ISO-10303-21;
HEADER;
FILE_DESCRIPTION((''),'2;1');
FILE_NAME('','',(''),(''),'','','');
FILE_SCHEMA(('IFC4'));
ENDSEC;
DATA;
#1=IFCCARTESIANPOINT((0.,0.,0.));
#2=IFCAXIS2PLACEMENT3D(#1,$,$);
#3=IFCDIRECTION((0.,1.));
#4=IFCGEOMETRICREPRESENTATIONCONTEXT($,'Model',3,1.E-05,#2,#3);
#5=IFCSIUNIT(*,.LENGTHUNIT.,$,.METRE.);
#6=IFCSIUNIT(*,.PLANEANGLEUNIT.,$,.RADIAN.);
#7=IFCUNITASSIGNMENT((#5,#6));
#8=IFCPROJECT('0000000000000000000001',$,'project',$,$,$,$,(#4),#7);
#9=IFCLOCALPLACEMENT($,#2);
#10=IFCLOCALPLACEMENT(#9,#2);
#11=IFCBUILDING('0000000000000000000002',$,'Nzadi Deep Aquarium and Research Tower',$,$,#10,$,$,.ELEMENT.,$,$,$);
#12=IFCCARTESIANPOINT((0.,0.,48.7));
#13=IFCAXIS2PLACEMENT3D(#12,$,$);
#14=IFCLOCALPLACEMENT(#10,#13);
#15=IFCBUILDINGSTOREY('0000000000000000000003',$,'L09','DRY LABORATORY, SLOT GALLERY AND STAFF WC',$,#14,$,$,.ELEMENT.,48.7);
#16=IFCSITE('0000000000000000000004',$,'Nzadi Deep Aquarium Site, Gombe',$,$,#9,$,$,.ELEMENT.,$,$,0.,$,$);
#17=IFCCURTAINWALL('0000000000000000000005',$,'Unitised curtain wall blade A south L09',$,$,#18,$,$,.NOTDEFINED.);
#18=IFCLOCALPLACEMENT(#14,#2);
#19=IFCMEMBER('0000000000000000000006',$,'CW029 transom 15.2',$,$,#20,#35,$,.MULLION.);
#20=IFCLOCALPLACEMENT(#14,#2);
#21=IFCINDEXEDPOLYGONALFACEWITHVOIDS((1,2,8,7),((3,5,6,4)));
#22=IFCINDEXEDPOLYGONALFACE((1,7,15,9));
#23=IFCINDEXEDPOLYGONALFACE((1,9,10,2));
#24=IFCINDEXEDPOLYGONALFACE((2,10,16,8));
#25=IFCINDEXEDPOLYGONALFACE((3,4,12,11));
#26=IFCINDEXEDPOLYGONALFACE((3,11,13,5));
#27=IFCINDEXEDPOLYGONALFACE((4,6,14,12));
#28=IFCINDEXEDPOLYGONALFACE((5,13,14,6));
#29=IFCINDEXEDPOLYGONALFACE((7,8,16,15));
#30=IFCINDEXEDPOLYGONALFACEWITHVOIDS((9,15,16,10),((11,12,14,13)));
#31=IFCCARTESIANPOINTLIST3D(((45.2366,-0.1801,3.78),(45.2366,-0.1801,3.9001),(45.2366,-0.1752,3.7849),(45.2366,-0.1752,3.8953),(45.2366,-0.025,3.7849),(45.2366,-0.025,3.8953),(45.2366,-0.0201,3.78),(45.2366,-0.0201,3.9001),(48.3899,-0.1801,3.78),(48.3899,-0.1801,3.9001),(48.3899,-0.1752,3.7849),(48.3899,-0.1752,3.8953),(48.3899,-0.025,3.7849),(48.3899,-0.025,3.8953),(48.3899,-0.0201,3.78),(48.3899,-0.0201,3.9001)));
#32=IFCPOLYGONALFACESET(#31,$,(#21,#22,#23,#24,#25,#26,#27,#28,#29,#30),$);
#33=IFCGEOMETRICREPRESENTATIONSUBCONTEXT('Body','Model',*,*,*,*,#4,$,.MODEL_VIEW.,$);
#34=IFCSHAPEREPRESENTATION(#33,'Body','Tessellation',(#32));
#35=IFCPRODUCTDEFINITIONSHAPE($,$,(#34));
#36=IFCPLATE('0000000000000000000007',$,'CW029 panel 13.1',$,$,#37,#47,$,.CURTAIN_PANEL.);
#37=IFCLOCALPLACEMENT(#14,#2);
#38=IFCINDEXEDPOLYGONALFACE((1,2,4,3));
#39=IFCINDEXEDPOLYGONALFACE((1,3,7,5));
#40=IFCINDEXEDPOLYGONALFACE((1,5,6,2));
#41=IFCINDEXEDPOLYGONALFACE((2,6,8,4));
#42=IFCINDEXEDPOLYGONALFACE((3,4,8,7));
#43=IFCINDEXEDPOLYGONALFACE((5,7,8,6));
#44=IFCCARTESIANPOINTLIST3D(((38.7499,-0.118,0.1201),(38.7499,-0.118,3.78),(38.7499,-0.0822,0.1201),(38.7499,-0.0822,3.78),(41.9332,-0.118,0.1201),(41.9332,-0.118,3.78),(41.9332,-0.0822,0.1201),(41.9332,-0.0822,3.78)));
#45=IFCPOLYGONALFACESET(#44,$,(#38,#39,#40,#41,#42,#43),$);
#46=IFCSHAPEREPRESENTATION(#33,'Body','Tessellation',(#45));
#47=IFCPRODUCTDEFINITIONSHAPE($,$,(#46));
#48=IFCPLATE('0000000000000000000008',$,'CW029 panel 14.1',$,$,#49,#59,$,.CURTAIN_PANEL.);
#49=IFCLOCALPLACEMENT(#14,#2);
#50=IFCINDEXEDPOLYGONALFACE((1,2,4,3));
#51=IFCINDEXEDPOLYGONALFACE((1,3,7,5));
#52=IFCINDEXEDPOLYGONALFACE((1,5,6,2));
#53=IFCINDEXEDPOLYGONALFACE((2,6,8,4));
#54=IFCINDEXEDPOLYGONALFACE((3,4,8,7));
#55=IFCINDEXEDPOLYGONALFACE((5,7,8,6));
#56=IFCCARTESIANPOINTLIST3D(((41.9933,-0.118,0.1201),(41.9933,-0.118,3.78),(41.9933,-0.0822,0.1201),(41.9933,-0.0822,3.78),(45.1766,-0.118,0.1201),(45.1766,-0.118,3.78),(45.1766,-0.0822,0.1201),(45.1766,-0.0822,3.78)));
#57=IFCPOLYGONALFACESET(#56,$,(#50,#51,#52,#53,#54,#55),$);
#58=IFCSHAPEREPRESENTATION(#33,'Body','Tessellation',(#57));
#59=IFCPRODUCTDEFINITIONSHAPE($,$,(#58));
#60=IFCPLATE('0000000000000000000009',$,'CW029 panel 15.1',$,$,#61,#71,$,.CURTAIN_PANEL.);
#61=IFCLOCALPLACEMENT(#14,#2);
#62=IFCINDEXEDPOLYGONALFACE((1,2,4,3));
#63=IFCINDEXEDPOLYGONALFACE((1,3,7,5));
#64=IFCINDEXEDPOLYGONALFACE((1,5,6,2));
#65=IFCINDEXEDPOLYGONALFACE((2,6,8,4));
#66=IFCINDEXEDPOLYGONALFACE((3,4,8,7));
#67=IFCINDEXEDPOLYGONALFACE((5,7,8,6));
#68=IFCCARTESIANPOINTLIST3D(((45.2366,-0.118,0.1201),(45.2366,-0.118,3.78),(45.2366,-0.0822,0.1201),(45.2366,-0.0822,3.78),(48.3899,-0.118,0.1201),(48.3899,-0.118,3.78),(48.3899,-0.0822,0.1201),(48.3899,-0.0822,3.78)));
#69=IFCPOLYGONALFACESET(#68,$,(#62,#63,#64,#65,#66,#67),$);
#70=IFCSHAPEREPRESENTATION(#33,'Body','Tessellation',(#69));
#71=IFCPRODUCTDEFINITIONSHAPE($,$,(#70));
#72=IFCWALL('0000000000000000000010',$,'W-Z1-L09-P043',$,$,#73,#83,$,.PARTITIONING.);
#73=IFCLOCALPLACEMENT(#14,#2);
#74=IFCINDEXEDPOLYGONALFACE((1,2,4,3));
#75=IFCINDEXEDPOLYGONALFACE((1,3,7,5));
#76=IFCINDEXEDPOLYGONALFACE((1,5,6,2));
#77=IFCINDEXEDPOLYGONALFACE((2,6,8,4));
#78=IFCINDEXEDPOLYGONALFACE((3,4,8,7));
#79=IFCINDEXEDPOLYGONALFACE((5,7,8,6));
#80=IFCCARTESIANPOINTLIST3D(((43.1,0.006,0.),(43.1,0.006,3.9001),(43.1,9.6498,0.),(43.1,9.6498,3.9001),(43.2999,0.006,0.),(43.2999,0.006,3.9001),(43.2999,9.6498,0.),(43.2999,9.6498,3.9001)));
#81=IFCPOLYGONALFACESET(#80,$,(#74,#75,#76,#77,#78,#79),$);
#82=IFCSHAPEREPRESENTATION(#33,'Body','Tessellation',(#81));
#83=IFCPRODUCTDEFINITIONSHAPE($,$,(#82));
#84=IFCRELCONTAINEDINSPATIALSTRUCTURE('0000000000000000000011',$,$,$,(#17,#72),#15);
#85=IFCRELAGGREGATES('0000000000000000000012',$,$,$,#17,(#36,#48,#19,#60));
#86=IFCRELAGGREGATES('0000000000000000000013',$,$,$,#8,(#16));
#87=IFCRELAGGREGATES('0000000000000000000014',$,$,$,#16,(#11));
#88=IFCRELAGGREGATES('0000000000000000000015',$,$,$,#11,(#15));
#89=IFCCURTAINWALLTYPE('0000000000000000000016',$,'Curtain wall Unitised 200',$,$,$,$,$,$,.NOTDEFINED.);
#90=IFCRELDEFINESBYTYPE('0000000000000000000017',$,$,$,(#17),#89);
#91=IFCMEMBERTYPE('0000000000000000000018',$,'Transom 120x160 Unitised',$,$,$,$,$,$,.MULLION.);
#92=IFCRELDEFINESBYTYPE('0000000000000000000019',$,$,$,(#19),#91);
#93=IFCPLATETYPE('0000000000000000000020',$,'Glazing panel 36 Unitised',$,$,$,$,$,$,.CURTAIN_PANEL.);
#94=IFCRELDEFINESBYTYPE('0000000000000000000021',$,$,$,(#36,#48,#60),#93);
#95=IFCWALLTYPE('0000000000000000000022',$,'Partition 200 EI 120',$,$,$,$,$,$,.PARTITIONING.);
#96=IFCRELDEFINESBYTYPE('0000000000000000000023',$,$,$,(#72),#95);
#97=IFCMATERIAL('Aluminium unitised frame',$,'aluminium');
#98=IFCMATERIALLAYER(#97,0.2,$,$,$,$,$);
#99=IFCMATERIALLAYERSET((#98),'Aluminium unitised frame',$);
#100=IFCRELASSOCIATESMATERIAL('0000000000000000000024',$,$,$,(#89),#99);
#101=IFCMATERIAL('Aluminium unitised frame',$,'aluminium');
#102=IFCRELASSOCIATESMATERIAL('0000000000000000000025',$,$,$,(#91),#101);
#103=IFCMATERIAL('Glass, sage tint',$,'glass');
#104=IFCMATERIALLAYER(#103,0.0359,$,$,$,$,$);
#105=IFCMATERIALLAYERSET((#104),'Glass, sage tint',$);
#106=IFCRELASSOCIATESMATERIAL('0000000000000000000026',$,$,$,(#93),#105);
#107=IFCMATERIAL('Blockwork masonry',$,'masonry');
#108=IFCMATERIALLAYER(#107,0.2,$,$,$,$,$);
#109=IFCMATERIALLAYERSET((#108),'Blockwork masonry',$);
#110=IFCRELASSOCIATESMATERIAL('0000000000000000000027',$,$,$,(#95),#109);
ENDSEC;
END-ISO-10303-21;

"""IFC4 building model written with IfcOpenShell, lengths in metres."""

from ifc_helpers import new_model, si_unit, direction, frame, frame_2d, origin, origin_2d, place, context, subcontext, project, spatial, rectangle, hollow_rectangle, extrude, material, layer, layer_set, material_profile, profile_set, type_object, element, aggregate, save


model = new_model("IFC4")

# Units and contexts
model_context = context("Model", 3, precision=1e-05, world=origin(), true_north=direction((0.0, 1.0)))
body_context = subcontext(model_context, "Body", "Model", "MODEL_VIEW")
ifc_project = project(units=[si_unit("LENGTHUNIT", "METRE"), si_unit("PLANEANGLEUNIT", "RADIAN")], contexts=[model_context])

# Site, building, storey
site_placement = place(None, origin())
site = spatial("IfcSite", under=ifc_project, at=site_placement, Name="Nzadi Deep Aquarium Site, Gombe", CompositionType="ELEMENT", RefElevation=0.0)
building_placement = place(site_placement, origin())
building = spatial("IfcBuilding", under=site, at=building_placement, Name="Nzadi Deep Aquarium and Research Tower", CompositionType="ELEMENT")
storey_placement = place(building_placement, frame((0.0, 0.0, 48.7)))
storey = spatial("IfcBuildingStorey", under=building, at=storey_placement, Name="L09", Description="DRY LABORATORY, SLOT GALLERY AND STAFF WC", CompositionType="ELEMENT", Elevation=48.7)

# Curtain wall
ifc_material_1 = material(Name="Aluminium unitised frame", Category="aluminium")
ifc_layer_1 = layer(ifc_material_1, 0.2)
ifc_layer_set_1 = layer_set([ifc_layer_1], Name="Aluminium unitised frame")
curtain_wall_type = type_object("IfcCurtainWallType", Name="Curtain wall Unitised 200", PredefinedType="NOTDEFINED", material=ifc_layer_set_1)
curtain_wall_placement = place(storey_placement, origin())
curtain_wall = element("IfcCurtainWall", 1, at=curtain_wall_placement, inside=storey, type_object=curtain_wall_type, Name="Unitised curtain wall blade A south L09", PredefinedType="NOTDEFINED")

# Member
ifc_material_2 = material(Name="Aluminium unitised frame", Category="aluminium")
ifc_material_profile_1 = material_profile(ifc_material_2, hollow_rectangle(XDim=0.1599, YDim=0.1201, WallThickness=0.0049, at=origin_2d()))
ifc_profile_set_1 = profile_set([ifc_material_profile_1], Name="Aluminium unitised frame")
member_type_1 = type_object("IfcMemberType", Name="Transom 120x160 Unitised", PredefinedType="MULLION", material=ifc_profile_set_1)
member_1_placement = place(storey_placement, frame((45.2366, -0.1001, 3.8401), z_axis=(1.0, 0.0, 0.0), x_axis=(0.0, 1.0, 0.0)))
member_1 = element("IfcMember", 2, at=member_1_placement, type_object=member_type_1, Name="CW029 transom 15.2", PredefinedType="MULLION", context=body_context, shape_type="SweptSolid", body=[
    extrude(hollow_rectangle(XDim=0.1599, YDim=0.1201, WallThickness=0.0049, at=origin_2d()), origin(), (0.0, 0.0, 1.0), 3.1533),
])

# Plates
ifc_material_3 = material(Name="Glass, sage tint", Category="glass")
ifc_layer_2 = layer(ifc_material_3, 0.0359)
ifc_layer_set_2 = layer_set([ifc_layer_2], Name="Glass, sage tint")
plate_type = type_object("IfcPlateType", Name="Glazing panel 36 Unitised", PredefinedType="CURTAIN_PANEL", material=ifc_layer_set_2)
plate_1_placement = place(storey_placement, frame((40.3416, -0.1001, 0.1201), z_axis=(0.0, 0.0, 1.0), x_axis=(1.0, 0.0, 0.0)))
plate_1 = element("IfcPlate", 3, at=plate_1_placement, type_object=plate_type, Name="CW029 panel 13.1", PredefinedType="CURTAIN_PANEL", context=body_context, shape_type="SweptSolid", body=[
    extrude(rectangle(XDim=3.1833, YDim=0.0359, at=origin_2d()), origin(), (0.0, 0.0, 1.0), 3.6599),
])
plate_2_placement = place(storey_placement, frame((43.585, -0.1001, 0.1201), z_axis=(0.0, 0.0, 1.0), x_axis=(1.0, 0.0, 0.0)))
plate_2 = element("IfcPlate", 4, at=plate_2_placement, type_object=plate_type, Name="CW029 panel 14.1", PredefinedType="CURTAIN_PANEL", context=body_context, shape_type="SweptSolid", body=[
    extrude(rectangle(XDim=3.1833, YDim=0.0359, at=origin_2d()), origin(), (0.0, 0.0, 1.0), 3.6599),
])
plate_3_placement = place(storey_placement, frame((46.8132, -0.1001, 0.1201), z_axis=(0.0, 0.0, 1.0), x_axis=(1.0, 0.0, 0.0)))
plate_3 = element("IfcPlate", 5, at=plate_3_placement, type_object=plate_type, Name="CW029 panel 15.1", PredefinedType="CURTAIN_PANEL", context=body_context, shape_type="SweptSolid", body=[
    extrude(rectangle(XDim=3.1533, YDim=0.0359, at=origin_2d()), origin(), (0.0, 0.0, 1.0), 3.6599),
])
aggregate(curtain_wall, [plate_1, plate_2, member_1, plate_3])

# Wall
ifc_material_4 = material(Name="Blockwork masonry", Category="masonry")
ifc_layer_3 = layer(ifc_material_4, 0.2)
ifc_layer_set_3 = layer_set([ifc_layer_3], Name="Blockwork masonry")
wall_type = type_object("IfcWallType", Name="Partition 200 EI 120", PredefinedType="PARTITIONING", material=ifc_layer_set_3)
wall_placement = place(storey_placement, frame((43.2, 0.0061, 0.0), z_axis=(0.0, 0.0, 1.0), x_axis=(0.0, 1.0, 0.0)))
element("IfcWall", 6, at=wall_placement, inside=storey, type_object=wall_type, Name="W-Z1-L09-P043", PredefinedType="PARTITIONING", context=body_context, shape_type="SweptSolid", body=[
    extrude(rectangle(XDim=9.6438, YDim=0.2, at=frame_2d((4.8218, 0.0))), origin(), (0.0, 0.0, 1.0), 3.9001),
])

save(model, "model.ifc")
